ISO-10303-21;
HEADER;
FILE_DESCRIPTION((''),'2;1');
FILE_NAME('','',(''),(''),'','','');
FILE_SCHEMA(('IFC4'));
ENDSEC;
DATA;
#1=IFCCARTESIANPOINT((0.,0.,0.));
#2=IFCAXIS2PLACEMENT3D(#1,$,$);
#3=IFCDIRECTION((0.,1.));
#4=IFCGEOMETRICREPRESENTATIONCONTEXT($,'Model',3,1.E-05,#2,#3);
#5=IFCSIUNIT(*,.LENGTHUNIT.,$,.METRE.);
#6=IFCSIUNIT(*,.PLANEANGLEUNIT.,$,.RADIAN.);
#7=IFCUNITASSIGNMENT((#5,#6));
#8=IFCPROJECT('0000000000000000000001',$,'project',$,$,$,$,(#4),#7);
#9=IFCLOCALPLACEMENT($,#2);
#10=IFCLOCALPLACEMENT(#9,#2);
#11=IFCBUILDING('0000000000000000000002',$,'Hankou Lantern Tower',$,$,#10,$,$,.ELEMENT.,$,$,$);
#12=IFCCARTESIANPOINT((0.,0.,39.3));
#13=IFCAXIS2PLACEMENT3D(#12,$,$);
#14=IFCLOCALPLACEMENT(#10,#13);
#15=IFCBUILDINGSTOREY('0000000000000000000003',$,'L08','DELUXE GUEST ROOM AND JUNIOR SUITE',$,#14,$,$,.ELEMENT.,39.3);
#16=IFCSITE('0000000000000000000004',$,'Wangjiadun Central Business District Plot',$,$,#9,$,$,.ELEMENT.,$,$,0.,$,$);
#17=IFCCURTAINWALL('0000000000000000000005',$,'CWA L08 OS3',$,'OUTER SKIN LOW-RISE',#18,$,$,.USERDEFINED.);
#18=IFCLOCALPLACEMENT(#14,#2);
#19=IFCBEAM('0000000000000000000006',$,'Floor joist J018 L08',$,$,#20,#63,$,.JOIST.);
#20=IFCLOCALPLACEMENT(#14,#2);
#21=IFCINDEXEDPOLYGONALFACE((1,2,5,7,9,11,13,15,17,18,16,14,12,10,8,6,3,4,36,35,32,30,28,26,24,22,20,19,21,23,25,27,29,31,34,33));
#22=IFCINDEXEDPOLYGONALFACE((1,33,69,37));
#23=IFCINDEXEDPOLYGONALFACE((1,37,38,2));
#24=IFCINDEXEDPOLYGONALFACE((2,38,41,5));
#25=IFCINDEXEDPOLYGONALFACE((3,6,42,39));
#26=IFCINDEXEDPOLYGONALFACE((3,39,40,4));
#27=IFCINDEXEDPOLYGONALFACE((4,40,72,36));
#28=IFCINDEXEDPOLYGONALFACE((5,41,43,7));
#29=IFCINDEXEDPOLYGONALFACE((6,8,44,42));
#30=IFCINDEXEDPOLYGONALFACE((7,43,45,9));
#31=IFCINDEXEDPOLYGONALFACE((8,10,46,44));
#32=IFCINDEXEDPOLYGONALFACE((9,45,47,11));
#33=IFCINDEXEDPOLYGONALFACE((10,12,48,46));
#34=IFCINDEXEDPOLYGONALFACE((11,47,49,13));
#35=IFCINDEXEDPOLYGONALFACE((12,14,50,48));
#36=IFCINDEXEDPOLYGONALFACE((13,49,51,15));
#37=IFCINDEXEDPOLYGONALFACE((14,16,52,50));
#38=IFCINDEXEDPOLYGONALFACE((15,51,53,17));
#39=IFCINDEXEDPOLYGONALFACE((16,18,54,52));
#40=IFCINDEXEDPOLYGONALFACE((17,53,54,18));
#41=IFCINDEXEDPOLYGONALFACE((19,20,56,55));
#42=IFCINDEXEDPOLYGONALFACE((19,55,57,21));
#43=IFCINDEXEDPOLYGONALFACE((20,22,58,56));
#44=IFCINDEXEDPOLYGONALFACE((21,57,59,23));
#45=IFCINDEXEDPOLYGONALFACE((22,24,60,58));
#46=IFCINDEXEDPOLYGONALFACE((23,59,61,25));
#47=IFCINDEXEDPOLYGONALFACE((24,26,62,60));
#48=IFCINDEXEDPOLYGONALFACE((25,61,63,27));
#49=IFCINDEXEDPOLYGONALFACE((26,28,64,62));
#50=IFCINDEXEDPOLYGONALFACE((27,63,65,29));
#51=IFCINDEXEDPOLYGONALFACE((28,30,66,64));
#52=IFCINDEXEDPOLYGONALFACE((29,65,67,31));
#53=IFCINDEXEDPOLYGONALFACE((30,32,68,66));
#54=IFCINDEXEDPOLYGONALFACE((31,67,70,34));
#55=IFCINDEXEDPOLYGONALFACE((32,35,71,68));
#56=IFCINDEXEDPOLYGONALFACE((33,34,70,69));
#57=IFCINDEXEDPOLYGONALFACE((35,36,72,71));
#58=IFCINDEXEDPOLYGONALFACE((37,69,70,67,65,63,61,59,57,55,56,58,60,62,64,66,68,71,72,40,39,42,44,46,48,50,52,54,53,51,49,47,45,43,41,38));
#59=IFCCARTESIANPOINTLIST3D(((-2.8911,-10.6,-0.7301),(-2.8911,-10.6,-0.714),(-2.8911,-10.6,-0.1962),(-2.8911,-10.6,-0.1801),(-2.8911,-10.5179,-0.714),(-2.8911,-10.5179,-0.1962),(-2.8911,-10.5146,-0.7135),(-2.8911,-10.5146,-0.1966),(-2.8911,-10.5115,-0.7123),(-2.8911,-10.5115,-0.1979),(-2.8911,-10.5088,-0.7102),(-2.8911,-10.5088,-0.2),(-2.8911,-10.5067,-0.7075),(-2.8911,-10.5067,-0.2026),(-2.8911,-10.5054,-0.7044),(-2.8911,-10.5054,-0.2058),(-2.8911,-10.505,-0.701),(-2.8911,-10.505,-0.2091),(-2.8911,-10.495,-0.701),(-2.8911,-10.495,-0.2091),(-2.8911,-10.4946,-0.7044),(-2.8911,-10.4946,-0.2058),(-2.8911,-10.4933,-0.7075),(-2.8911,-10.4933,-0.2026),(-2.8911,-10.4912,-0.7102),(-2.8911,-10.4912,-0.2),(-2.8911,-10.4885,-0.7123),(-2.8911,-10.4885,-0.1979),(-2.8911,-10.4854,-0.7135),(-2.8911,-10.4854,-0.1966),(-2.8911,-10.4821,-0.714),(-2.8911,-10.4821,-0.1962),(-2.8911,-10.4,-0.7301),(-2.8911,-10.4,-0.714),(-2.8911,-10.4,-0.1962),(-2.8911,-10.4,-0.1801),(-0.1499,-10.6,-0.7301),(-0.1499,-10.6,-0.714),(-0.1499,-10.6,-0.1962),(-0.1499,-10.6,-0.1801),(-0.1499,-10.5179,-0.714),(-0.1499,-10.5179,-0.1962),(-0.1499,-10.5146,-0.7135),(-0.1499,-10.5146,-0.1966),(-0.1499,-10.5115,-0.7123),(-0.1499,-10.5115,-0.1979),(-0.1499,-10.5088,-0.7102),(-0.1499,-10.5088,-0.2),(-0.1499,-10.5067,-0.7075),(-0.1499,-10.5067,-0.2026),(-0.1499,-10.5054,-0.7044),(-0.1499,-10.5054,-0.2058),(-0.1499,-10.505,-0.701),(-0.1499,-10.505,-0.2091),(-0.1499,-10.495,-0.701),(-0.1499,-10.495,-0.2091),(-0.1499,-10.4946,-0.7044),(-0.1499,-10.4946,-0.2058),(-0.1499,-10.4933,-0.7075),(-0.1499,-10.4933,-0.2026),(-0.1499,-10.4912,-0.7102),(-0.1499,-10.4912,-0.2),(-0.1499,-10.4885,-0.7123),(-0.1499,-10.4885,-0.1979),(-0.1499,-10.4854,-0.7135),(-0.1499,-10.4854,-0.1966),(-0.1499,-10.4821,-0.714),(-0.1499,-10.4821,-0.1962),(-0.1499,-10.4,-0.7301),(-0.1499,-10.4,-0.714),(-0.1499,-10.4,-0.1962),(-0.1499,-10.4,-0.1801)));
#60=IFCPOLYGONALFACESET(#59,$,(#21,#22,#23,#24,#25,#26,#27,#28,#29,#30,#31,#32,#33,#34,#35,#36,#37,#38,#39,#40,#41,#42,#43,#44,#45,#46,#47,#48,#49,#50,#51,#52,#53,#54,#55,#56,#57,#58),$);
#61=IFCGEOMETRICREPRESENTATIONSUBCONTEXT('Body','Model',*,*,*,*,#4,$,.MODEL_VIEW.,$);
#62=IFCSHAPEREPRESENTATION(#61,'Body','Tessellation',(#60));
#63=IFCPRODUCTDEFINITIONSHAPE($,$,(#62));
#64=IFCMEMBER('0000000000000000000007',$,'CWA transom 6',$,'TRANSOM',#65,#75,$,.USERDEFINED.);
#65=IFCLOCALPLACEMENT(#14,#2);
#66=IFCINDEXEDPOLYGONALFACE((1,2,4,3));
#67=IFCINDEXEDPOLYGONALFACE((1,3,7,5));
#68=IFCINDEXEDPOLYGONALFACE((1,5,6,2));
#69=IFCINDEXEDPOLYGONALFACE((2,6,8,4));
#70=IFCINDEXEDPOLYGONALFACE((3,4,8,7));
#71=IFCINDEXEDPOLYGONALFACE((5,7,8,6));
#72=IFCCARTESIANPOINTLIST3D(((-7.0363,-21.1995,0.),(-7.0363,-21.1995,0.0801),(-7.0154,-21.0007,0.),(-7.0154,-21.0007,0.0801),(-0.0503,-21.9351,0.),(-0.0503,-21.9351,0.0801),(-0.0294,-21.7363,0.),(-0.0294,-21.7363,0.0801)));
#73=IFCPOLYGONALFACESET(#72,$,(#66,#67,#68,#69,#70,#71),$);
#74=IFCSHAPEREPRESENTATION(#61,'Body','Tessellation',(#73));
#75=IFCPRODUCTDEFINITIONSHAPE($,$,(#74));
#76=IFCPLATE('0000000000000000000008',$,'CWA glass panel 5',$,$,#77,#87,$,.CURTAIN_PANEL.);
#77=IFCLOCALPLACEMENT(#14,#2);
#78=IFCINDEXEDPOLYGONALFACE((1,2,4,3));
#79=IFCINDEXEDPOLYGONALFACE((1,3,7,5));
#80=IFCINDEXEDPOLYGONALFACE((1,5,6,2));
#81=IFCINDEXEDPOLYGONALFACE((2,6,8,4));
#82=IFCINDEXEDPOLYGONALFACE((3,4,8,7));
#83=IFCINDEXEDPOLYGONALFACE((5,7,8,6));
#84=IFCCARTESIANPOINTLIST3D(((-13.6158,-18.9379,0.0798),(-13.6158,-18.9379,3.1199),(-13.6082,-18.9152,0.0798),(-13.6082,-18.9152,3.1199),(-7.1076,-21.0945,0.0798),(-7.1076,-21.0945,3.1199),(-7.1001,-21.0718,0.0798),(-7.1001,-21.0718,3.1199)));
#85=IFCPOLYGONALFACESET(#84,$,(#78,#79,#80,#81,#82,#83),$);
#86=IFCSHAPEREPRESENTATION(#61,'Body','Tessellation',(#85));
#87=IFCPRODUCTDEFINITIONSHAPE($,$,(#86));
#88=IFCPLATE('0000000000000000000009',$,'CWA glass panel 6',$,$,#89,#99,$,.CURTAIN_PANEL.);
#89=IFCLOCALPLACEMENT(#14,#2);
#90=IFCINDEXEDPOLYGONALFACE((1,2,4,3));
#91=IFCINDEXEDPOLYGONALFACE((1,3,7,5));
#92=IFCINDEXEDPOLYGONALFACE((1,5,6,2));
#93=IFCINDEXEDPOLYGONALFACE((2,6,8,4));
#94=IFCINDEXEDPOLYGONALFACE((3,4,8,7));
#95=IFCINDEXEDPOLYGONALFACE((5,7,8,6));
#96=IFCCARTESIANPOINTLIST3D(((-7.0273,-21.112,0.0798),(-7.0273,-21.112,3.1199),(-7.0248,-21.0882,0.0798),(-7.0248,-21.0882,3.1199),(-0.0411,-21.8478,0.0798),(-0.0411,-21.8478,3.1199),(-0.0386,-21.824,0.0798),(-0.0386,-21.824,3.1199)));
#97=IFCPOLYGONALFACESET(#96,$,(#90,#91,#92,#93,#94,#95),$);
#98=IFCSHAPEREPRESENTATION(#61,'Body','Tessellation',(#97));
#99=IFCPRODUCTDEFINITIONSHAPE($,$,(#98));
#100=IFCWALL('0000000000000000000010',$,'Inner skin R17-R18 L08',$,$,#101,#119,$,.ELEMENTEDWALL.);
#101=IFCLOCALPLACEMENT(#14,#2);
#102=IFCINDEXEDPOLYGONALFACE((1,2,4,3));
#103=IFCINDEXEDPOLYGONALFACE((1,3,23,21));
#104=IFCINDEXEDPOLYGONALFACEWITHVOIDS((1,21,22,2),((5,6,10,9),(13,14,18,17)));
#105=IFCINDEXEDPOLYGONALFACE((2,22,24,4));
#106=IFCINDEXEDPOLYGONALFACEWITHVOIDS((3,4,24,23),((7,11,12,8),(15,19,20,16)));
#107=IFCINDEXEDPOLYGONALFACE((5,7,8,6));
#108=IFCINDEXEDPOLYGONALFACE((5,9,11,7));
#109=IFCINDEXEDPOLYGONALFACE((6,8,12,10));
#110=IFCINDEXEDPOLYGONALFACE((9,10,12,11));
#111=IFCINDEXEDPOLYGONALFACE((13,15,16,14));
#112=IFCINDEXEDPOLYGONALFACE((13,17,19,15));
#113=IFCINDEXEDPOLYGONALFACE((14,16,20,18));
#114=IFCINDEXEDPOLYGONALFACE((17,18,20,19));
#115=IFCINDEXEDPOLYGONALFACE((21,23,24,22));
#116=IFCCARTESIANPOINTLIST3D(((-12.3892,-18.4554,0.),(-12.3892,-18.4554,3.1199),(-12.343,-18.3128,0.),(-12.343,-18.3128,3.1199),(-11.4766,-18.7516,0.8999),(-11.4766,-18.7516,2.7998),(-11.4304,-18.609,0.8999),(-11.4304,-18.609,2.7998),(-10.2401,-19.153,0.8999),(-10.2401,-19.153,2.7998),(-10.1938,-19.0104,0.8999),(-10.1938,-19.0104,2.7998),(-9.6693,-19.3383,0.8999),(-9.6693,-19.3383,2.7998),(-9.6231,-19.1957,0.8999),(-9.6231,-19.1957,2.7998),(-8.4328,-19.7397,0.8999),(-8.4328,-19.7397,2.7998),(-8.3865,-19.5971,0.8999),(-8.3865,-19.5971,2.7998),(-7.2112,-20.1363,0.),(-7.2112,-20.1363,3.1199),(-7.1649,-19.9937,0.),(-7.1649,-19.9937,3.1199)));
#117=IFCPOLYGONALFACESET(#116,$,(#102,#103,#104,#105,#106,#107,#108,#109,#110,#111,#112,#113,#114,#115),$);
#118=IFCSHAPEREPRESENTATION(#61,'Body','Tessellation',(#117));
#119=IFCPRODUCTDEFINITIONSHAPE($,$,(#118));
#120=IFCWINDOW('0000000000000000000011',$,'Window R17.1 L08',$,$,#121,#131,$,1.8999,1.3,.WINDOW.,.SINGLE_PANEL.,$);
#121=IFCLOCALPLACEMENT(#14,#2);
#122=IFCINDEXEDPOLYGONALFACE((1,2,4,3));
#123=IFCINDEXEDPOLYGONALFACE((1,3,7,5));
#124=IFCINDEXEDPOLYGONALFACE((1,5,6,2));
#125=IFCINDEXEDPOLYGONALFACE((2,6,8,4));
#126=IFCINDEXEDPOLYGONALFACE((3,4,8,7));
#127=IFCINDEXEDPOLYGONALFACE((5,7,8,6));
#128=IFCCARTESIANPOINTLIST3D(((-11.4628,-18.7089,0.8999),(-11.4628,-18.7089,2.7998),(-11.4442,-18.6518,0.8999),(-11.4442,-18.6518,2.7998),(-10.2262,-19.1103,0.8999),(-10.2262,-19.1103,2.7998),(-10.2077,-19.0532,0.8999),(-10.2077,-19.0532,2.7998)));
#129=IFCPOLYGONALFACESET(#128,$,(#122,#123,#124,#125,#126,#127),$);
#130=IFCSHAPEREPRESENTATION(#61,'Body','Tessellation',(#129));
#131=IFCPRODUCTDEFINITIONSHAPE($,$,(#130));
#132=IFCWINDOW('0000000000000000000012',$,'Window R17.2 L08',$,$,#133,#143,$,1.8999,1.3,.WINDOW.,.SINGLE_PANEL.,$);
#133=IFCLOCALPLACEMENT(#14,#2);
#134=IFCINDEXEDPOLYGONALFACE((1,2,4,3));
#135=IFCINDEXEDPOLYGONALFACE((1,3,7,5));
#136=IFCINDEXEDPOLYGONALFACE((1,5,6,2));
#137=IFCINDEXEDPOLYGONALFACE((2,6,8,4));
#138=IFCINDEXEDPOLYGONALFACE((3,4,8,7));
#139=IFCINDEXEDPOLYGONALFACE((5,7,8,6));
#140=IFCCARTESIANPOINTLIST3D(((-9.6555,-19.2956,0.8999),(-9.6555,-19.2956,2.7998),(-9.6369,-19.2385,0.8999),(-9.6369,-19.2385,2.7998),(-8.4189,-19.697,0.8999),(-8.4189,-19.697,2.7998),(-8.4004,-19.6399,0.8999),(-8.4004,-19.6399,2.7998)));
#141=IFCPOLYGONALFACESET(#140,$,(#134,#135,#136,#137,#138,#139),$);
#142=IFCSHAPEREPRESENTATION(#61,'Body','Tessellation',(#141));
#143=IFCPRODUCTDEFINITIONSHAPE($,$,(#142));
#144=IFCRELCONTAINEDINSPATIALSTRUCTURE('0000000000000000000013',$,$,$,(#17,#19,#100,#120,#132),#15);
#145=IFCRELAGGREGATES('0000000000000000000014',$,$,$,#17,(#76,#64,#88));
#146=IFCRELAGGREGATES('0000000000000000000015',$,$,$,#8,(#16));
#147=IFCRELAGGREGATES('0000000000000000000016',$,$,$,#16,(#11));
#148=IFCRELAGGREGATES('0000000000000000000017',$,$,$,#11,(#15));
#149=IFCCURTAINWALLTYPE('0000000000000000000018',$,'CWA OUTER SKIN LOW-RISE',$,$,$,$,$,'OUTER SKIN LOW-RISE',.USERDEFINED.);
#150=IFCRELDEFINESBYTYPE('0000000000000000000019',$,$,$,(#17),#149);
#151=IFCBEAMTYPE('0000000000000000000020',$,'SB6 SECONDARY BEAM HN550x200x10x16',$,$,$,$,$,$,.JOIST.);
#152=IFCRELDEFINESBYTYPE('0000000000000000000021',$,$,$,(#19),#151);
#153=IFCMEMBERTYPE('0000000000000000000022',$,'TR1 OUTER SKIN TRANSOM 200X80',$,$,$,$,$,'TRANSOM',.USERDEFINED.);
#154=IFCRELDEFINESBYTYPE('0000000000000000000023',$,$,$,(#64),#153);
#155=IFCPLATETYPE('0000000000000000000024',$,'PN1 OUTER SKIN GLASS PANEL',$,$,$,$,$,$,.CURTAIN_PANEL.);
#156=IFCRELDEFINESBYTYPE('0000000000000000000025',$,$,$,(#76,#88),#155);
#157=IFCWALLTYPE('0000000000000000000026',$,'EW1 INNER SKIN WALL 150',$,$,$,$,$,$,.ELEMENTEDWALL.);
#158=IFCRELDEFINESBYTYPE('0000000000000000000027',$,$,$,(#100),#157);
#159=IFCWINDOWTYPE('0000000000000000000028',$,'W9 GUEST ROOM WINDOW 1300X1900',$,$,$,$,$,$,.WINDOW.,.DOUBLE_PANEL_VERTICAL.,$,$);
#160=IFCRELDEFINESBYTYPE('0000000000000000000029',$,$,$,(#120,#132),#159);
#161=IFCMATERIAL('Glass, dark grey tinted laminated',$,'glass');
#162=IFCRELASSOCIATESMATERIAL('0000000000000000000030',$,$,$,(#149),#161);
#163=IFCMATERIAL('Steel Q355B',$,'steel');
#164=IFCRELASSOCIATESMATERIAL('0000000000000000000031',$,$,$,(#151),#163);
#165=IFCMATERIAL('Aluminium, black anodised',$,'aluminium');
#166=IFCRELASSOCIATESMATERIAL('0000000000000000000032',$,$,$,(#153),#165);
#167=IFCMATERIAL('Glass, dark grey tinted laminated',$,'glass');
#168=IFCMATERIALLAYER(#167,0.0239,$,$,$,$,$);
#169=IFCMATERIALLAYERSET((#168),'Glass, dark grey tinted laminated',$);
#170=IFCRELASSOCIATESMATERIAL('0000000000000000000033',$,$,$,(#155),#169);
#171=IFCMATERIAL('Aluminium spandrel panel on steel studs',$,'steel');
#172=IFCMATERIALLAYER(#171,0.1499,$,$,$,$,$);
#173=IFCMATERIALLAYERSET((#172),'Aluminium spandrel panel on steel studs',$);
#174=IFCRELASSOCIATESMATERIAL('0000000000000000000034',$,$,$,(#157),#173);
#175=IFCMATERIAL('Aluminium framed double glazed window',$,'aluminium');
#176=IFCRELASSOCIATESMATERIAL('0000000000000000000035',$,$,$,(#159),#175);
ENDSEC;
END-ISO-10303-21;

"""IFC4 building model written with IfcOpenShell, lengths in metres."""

from ifc_helpers import new_model, si_unit, direction, frame, frame_2d, origin, origin_2d, place, context, subcontext, project, spatial, rectangle, i_section, extrude, material, layer, layer_set, material_profile, profile_set, type_object, element, fill, aggregate, save


model = new_model("IFC4")

# Units and contexts
model_context = context("Model", 3, precision=1e-05, world=origin(), true_north=direction((0.0, 1.0)))
body_context = subcontext(model_context, "Body", "Model", "MODEL_VIEW")
ifc_project = project(units=[si_unit("LENGTHUNIT", "METRE"), si_unit("PLANEANGLEUNIT", "RADIAN")], contexts=[model_context])

# Site, building, storey
site_placement = place(None, origin())
site = spatial("IfcSite", under=ifc_project, at=site_placement, Name="Wangjiadun Central Business District Plot", CompositionType="ELEMENT", RefElevation=0.0)
building_placement = place(site_placement, origin())
building = spatial("IfcBuilding", under=site, at=building_placement, Name="Hankou Lantern Tower", CompositionType="ELEMENT")
storey_placement = place(building_placement, frame((0.0, 0.0, 39.3)))
storey = spatial("IfcBuildingStorey", under=building, at=storey_placement, Name="L08", Description="DELUXE GUEST ROOM AND JUNIOR SUITE", CompositionType="ELEMENT", Elevation=39.3)

# Curtain wall
ifc_material_1 = material(Name="Glass, dark grey tinted laminated", Category="glass")
curtain_wall_type = type_object("IfcCurtainWallType", Name="CWA OUTER SKIN LOW-RISE", ElementType="OUTER SKIN LOW-RISE", PredefinedType="USERDEFINED", material=ifc_material_1)
curtain_wall_placement = place(storey_placement, origin())
curtain_wall = element("IfcCurtainWall", 1, at=curtain_wall_placement, inside=storey, type_object=curtain_wall_type, Name="CWA L08 OS3", ObjectType="OUTER SKIN LOW-RISE", PredefinedType="USERDEFINED")

# Beam
ifc_material_2 = material(Name="Steel Q355B", Category="steel")
ifc_material_profile_1 = material_profile(ifc_material_2, i_section(OverallWidth=0.2, OverallDepth=0.55, WebThickness=0.01, FlangeThickness=0.0161, FilletRadius=0.0129, at=origin_2d()), Name="HN550x200x10x16")
ifc_profile_set_1 = profile_set([ifc_material_profile_1], Name="Steel Q355B")
beam_type_1 = type_object("IfcBeamType", Name="SB6 SECONDARY BEAM HN550x200x10x16", PredefinedType="JOIST", material=ifc_profile_set_1)
beam_1_placement = place(storey_placement, frame((-2.8911, -10.5, -0.4551), z_axis=(1.0, 0.0, 0.0), x_axis=(0.0, 1.0, 0.0)))
element("IfcBeam", 2, at=beam_1_placement, inside=storey, type_object=beam_type_1, Name="Floor joist J018 L08", PredefinedType="JOIST", context=body_context, shape_type="SweptSolid", body=[
    extrude(i_section(OverallWidth=0.2, OverallDepth=0.55, WebThickness=0.01, FlangeThickness=0.0161, FilletRadius=0.0129, at=origin_2d()), origin(), (0.0, 0.0, 1.0), 2.7412),
])

# Member
ifc_material_3 = material(Name="Aluminium, black anodised", Category="aluminium")
ifc_material_profile_2 = material_profile(ifc_material_3, rectangle(XDim=0.2, YDim=0.0801, at=origin_2d()), Name="TR1 200X80")
ifc_profile_set_2 = profile_set([ifc_material_profile_2], Name="Aluminium, black anodised")
member_type_1 = type_object("IfcMemberType", Name="TR1 OUTER SKIN TRANSOM 200X80", ElementType="TRANSOM", PredefinedType="USERDEFINED", material=ifc_profile_set_2)
member_1_placement = place(storey_placement, frame((-7.0259, -21.1001, 0.04), z_axis=(0.994502, -0.104716, 0.0), x_axis=(0.104716, 0.994502, 0.0)))
member_1 = element("IfcMember", 3, at=member_1_placement, type_object=member_type_1, Name="CWA transom 6", ObjectType="TRANSOM", PredefinedType="USERDEFINED", context=body_context, shape_type="SweptSolid", body=[
    extrude(rectangle(XDim=0.2, YDim=0.0801, at=origin_2d()), origin(), (0.0, 0.0, 1.0), 7.0247),
])

# Plates
ifc_material_4 = material(Name="Glass, dark grey tinted laminated", Category="glass")
ifc_layer_1 = layer(ifc_material_4, 0.0239)
ifc_layer_set_1 = layer_set([ifc_layer_1], Name="Glass, dark grey tinted laminated")
plate_type = type_object("IfcPlateType", Name="PN1 OUTER SKIN GLASS PANEL", PredefinedType="CURTAIN_PANEL", material=ifc_layer_set_1)
plate_1_placement = place(storey_placement, frame((-10.3579, -20.0049, 0.0798), z_axis=(0.0, 0.0, 1.0), x_axis=(0.949241, -0.314551, 0.0)))
plate_1 = element("IfcPlate", 4, at=plate_1_placement, type_object=plate_type, Name="CWA glass panel 5", PredefinedType="CURTAIN_PANEL", context=body_context, shape_type="SweptSolid", body=[
    extrude(rectangle(XDim=6.8562, YDim=0.0239, at=origin_2d()), origin(), (0.0, 0.0, 1.0), 3.04),
])
plate_2_placement = place(storey_placement, frame((-3.533, -21.468, 0.0798), z_axis=(0.0, 0.0, 1.0), x_axis=(0.994499, -0.104743, 0.0)))
plate_2 = element("IfcPlate", 5, at=plate_2_placement, type_object=plate_type, Name="CWA glass panel 6", PredefinedType="CURTAIN_PANEL", context=body_context, shape_type="SweptSolid", body=[
    extrude(rectangle(XDim=7.0249, YDim=0.0239, at=origin_2d()), origin(), (0.0, 0.0, 1.0), 3.04),
])
aggregate(curtain_wall, [plate_1, member_1, plate_2])

# Wall, openings, windows
ifc_material_5 = material(Name="Aluminium spandrel panel on steel studs", Category="steel")
ifc_layer_2 = layer(ifc_material_5, 0.1499)
ifc_layer_set_2 = layer_set([ifc_layer_2], Name="Aluminium spandrel panel on steel studs")
wall_type_1 = type_object("IfcWallType", Name="EW1 INNER SKIN WALL 150", PredefinedType="ELEMENTEDWALL", material=ifc_layer_set_2)
wall_1_placement = place(storey_placement, frame((-12.3662, -18.384, 0.0), z_axis=(0.0, 0.0, 1.0), x_axis=(0.951138, -0.308765, 0.0)))
wall_1 = element("IfcWall", 6, at=wall_1_placement, inside=storey, type_object=wall_type_1, Name="Inner skin R17-R18 L08", PredefinedType="ELEMENTEDWALL", context=body_context, shape_type="SweptSolid", body=[
    extrude(rectangle(XDim=5.4441, YDim=0.1499, at=frame_2d((2.7222, 0.0))), origin(), (0.0, 0.0, 1.0), 3.1199),
])
opening_1_placement = place(wall_1_placement, frame((0.9597, 0.0, 0.8999)))
opening_1 = element("IfcOpeningElement", 7, at=opening_1_placement, cuts=wall_1, PredefinedType="OPENING", context=body_context, shape_type="SweptSolid", body=[
    extrude(rectangle(XDim=1.3, YDim=1.8999, at=frame_2d((0.6499, 0.95))), frame((0.0, 0.085, 0.0), z_axis=(0.0, -1.0, 0.0), x_axis=(1.0, 0.0, 0.0)), (0.0, 0.0, 1.0), 0.1699),
])
opening_2_placement = place(wall_1_placement, frame((2.8599, 0.0, 0.8999)))
opening_2 = element("IfcOpeningElement", 8, at=opening_2_placement, cuts=wall_1, PredefinedType="OPENING", context=body_context, shape_type="SweptSolid", body=[
    extrude(rectangle(XDim=1.3, YDim=1.8999, at=frame_2d((0.6499, 0.95))), frame((0.0, 0.085, 0.0), z_axis=(0.0, -1.0, 0.0), x_axis=(1.0, 0.0, 0.0)), (0.0, 0.0, 1.0), 0.1699),
])
ifc_material_6 = material(Name="Aluminium framed double glazed window", Category="aluminium")
window_type = type_object("IfcWindowType", Name="W9 GUEST ROOM WINDOW 1300X1900", PartitioningType="DOUBLE_PANEL_VERTICAL", PredefinedType="WINDOW", material=ifc_material_6)
window_1_placement = place(opening_1_placement, origin())
window_1 = element("IfcWindow", 9, at=window_1_placement, inside=storey, type_object=window_type, Name="Window R17.1 L08", OverallHeight=1.8999, OverallWidth=1.3, PartitioningType="SINGLE_PANEL", PredefinedType="WINDOW", context=body_context, shape_type="SweptSolid", body=[
    extrude(rectangle(XDim=1.3, YDim=1.8999, at=frame_2d((0.6499, 0.95))), frame((0.0, 0.03, 0.0), z_axis=(0.0, -1.0, 0.0), x_axis=(1.0, 0.0, 0.0)), (0.0, 0.0, 1.0), 0.0601),
])
fill(opening_1, window_1)
window_2_placement = place(opening_2_placement, origin())
window_2 = element("IfcWindow", 10, at=window_2_placement, inside=storey, type_object=window_type, Name="Window R17.2 L08", OverallHeight=1.8999, OverallWidth=1.3, PartitioningType="SINGLE_PANEL", PredefinedType="WINDOW", context=body_context, shape_type="SweptSolid", body=[
    extrude(rectangle(XDim=1.3, YDim=1.8999, at=frame_2d((0.6499, 0.95))), frame((0.0, 0.03, 0.0), z_axis=(0.0, -1.0, 0.0), x_axis=(1.0, 0.0, 0.0)), (0.0, 0.0, 1.0), 0.0601),
])
fill(opening_2, window_2)

save(model, "model.ifc")
